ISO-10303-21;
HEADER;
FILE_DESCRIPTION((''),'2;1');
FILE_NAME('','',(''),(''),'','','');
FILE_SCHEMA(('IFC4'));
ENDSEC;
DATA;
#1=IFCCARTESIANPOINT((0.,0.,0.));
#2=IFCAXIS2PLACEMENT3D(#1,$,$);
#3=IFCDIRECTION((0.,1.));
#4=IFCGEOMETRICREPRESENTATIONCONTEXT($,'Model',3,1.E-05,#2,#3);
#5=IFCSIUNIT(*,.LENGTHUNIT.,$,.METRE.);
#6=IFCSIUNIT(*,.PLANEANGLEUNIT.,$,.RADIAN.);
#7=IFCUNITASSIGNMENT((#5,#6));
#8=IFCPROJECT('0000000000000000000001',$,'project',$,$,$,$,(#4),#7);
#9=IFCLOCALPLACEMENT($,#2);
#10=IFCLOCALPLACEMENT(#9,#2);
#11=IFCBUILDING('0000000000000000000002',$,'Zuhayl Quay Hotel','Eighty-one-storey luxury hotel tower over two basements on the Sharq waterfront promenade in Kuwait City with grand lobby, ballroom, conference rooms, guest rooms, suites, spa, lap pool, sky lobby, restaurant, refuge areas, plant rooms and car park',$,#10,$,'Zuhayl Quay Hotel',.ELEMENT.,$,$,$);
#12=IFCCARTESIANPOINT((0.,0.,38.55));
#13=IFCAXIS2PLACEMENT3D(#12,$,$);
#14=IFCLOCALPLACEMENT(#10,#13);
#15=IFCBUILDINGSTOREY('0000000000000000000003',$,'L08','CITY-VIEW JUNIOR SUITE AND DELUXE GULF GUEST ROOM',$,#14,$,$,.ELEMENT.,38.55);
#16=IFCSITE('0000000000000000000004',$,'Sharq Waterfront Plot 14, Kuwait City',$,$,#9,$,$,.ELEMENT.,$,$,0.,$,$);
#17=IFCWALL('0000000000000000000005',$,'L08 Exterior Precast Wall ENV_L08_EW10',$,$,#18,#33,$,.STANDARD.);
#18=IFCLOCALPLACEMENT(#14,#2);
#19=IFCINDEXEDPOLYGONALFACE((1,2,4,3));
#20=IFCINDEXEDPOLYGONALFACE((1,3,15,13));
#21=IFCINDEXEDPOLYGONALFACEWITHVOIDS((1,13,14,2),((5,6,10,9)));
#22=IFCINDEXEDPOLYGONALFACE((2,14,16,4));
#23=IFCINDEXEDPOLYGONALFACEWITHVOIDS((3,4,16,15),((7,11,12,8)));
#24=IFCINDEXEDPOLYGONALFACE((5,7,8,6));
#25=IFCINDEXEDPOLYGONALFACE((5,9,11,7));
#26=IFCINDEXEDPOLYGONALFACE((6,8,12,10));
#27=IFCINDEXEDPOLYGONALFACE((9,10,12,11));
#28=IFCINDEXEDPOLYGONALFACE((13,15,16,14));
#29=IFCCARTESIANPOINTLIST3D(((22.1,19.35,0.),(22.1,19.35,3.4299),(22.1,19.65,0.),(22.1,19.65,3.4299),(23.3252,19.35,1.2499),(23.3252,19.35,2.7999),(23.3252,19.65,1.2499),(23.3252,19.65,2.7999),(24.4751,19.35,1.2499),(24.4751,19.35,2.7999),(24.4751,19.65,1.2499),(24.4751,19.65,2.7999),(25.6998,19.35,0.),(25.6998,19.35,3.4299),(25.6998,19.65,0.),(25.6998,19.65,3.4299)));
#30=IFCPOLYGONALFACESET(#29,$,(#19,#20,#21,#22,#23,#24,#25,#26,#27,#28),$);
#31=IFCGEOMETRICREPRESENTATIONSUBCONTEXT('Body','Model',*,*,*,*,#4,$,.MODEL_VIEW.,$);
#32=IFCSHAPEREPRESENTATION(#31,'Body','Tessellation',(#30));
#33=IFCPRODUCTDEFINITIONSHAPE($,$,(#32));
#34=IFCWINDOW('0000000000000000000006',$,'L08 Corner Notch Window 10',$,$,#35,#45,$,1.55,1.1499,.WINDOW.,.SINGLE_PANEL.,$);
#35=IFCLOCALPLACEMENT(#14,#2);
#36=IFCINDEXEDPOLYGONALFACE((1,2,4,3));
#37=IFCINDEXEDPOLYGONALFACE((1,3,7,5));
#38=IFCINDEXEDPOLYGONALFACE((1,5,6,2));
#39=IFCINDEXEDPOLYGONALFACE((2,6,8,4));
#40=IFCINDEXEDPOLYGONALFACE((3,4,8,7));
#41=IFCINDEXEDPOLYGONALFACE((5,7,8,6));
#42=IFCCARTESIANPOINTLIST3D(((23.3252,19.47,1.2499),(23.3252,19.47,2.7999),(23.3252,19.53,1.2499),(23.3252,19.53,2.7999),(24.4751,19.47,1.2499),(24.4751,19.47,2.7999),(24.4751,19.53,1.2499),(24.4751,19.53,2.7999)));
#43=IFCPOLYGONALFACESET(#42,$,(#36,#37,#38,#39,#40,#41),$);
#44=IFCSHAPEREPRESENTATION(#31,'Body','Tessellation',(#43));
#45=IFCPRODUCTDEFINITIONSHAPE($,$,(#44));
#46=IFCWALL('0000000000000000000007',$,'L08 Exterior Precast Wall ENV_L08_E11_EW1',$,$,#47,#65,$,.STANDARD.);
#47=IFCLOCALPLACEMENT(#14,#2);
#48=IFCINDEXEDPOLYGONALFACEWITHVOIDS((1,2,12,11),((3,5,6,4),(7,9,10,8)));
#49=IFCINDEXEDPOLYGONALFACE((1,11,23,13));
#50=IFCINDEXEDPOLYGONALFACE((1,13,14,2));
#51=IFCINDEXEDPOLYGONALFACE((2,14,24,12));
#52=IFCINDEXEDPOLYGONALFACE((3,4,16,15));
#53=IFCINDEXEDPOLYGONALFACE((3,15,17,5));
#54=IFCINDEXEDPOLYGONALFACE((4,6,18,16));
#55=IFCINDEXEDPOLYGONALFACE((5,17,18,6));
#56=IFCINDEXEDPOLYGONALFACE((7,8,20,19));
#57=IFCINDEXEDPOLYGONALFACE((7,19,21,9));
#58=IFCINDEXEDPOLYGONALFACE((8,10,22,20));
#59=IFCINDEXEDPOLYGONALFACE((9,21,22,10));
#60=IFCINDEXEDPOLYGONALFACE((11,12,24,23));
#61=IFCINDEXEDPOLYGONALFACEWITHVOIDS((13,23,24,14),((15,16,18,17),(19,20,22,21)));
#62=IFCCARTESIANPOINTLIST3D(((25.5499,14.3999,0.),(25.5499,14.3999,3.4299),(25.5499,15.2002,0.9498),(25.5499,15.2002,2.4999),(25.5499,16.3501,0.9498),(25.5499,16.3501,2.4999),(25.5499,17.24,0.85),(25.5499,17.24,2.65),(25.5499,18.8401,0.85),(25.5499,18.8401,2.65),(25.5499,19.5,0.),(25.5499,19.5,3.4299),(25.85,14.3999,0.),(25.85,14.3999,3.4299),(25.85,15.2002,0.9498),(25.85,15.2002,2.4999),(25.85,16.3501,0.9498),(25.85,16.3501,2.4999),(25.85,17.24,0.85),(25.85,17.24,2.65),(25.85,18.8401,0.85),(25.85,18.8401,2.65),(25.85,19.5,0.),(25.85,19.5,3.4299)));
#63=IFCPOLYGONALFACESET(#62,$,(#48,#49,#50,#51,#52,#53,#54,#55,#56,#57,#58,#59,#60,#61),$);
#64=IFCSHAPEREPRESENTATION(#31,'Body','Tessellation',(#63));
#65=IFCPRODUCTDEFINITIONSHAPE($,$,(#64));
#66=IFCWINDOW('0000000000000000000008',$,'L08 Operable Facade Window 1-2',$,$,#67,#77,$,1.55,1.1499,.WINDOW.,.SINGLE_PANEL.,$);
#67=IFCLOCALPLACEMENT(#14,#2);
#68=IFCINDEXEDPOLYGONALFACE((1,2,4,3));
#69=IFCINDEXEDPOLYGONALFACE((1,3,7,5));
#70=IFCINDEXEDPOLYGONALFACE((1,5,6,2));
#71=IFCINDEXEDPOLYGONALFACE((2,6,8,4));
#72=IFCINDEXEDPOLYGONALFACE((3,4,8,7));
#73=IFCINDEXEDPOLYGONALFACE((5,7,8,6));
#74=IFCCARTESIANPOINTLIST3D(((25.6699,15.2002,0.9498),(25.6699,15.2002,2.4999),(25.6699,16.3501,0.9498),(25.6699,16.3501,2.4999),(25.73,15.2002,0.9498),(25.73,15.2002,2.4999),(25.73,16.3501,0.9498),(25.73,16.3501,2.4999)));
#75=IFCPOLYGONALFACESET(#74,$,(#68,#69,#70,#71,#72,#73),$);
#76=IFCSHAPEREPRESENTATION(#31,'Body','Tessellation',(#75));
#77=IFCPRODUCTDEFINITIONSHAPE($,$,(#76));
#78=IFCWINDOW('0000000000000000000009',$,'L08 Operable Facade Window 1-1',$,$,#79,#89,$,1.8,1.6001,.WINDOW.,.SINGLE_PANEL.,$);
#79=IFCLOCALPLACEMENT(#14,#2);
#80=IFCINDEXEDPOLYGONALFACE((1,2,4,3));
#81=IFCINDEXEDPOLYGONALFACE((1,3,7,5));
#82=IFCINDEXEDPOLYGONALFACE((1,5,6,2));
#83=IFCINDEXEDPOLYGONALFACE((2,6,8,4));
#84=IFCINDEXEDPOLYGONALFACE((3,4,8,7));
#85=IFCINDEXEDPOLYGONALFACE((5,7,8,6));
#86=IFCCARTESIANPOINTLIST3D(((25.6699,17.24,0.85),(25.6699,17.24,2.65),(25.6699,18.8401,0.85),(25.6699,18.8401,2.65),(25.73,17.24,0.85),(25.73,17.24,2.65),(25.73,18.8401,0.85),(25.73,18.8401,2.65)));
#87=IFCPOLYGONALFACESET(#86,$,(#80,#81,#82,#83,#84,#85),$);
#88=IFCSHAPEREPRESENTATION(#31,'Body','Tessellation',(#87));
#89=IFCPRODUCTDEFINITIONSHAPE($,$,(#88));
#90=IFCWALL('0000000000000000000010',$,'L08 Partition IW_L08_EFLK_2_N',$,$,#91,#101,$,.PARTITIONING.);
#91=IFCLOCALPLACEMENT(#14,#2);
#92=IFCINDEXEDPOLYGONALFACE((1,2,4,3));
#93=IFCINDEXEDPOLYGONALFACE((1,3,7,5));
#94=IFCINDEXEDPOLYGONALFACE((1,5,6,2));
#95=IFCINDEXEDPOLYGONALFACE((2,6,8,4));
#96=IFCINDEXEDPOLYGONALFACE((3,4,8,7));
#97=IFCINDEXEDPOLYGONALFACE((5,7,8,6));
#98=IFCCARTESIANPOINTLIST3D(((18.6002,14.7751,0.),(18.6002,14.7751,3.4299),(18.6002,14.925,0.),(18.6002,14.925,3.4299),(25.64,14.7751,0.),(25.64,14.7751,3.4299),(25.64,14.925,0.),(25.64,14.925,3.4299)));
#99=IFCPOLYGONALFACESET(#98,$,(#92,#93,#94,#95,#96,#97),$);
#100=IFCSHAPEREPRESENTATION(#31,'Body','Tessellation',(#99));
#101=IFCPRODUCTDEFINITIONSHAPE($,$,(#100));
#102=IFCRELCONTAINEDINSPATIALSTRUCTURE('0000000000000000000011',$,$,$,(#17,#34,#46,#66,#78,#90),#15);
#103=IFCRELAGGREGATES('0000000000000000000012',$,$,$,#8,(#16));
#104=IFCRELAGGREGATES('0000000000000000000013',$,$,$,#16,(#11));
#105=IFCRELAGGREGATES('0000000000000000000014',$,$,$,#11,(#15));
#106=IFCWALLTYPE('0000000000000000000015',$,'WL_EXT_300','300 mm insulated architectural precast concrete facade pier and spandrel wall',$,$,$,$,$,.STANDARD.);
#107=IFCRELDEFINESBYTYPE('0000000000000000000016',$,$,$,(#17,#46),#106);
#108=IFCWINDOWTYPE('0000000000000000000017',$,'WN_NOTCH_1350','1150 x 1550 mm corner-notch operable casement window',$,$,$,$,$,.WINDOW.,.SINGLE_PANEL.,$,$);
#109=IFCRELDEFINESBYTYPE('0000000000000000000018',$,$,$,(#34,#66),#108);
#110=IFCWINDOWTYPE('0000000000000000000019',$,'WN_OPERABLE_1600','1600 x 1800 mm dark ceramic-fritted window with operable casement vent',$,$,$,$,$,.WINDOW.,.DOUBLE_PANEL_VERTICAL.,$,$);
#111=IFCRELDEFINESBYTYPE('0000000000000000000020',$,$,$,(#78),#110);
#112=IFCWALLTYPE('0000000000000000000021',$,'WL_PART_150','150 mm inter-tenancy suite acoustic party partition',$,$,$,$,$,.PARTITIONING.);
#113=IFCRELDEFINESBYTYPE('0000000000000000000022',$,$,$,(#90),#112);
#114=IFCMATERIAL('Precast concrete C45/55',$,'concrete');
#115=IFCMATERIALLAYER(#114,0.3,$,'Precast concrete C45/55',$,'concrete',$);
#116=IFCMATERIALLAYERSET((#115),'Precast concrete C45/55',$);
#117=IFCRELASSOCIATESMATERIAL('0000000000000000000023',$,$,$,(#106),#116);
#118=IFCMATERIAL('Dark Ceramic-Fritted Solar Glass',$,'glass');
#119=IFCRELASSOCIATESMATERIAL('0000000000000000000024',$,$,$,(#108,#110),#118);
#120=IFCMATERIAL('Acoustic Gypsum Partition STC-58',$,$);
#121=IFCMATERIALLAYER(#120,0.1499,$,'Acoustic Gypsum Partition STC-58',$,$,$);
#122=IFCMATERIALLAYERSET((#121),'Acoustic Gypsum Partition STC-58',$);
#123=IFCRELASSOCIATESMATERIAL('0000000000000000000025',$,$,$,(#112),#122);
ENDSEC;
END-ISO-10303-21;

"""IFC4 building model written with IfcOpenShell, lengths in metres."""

from ifc_helpers import new_model, si_unit, direction, frame, frame_2d, origin, place, context, subcontext, project, spatial, rectangle, extrude, material, layer, layer_set, type_object, element, fill, save


model = new_model("IFC4")

# Units and contexts
model_context = context("Model", 3, precision=1e-05, world=origin(), true_north=direction((0.0, 1.0)))
body_context = subcontext(model_context, "Body", "Model", "MODEL_VIEW")
ifc_project = project(units=[si_unit("LENGTHUNIT", "METRE"), si_unit("PLANEANGLEUNIT", "RADIAN")], contexts=[model_context])

# Site, building, storey
site_placement = place(None, origin())
site = spatial("IfcSite", under=ifc_project, at=site_placement, Name="Sharq Waterfront Plot 14, Kuwait City", CompositionType="ELEMENT", RefElevation=0.0)
building_placement = place(site_placement, origin())
building = spatial("IfcBuilding", under=site, at=building_placement, Name="Zuhayl Quay Hotel", Description="Eighty-one-storey luxury hotel tower over two basements on the Sharq waterfront promenade in Kuwait City with grand lobby, ballroom, conference rooms, guest rooms, suites, spa, lap pool, sky lobby, restaurant, refuge areas, plant rooms and car park", LongName="Zuhayl Quay Hotel", CompositionType="ELEMENT")
storey_placement = place(building_placement, frame((0.0, 0.0, 38.55)))
storey = spatial("IfcBuildingStorey", under=building, at=storey_placement, Name="L08", Description="CITY-VIEW JUNIOR SUITE AND DELUXE GULF GUEST ROOM", CompositionType="ELEMENT", Elevation=38.55)

# Shared definitions
ifc_material_1 = material(Name="Dark Ceramic-Fritted Solar Glass", Category="glass")

# Shared definitions
ifc_material_2 = material(Name="Precast concrete C45/55", Category="concrete")
ifc_layer_1 = layer(ifc_material_2, 0.3, Name="Precast concrete C45/55", Category="concrete")
ifc_layer_set_1 = layer_set([ifc_layer_1], Name="Precast concrete C45/55")
wall_type_1 = type_object("IfcWallType", Name="WL_EXT_300", Description="300 mm insulated architectural precast concrete facade pier and spandrel wall", PredefinedType="STANDARD", material=ifc_layer_set_1)

# Wall, opening, window
window_type_1 = type_object("IfcWindowType", Name="WN_NOTCH_1350", Description="1150 x 1550 mm corner-notch operable casement window", PartitioningType="SINGLE_PANEL", PredefinedType="WINDOW", material=ifc_material_1)
wall_1_placement = place(storey_placement, frame((22.1001, 19.5, 0.0), z_axis=(0.0, 0.0, 1.0), x_axis=(1.0, 0.0, 0.0)))
wall_1 = element("IfcWall", 1, at=wall_1_placement, inside=storey, type_object=wall_type_1, Name="L08 Exterior Precast Wall ENV_L08_EW10", PredefinedType="STANDARD", context=body_context, shape_type="SweptSolid", body=[
    extrude(rectangle(XDim=3.5999, YDim=0.3, at=frame_2d((1.7998, 0.0))), origin(), (0.0, 0.0, 1.0), 3.4299),
])
opening_1_placement = place(wall_1_placement, frame((1.2251, 0.0, 1.25)))
opening_1 = element("IfcOpeningElement", 2, at=opening_1_placement, cuts=wall_1, PredefinedType="OPENING", context=body_context, shape_type="SweptSolid", body=[
    extrude(rectangle(XDim=1.1499, YDim=1.55, at=frame_2d((0.575, 0.7749))), frame((0.0, 0.1599, 0.0), z_axis=(0.0, -1.0, 0.0), x_axis=(1.0, 0.0, 0.0)), (0.0, 0.0, 1.0), 0.3201),
])
window_1_placement = place(opening_1_placement, origin())
window_1 = element("IfcWindow", 3, at=window_1_placement, inside=storey, type_object=window_type_1, Name="L08 Corner Notch Window 10", OverallHeight=1.55, OverallWidth=1.1499, PartitioningType="SINGLE_PANEL", PredefinedType="WINDOW", context=body_context, shape_type="SweptSolid", body=[
    extrude(rectangle(XDim=1.1499, YDim=1.55, at=frame_2d((0.575, 0.7749))), frame((0.0, 0.03, 0.0), z_axis=(0.0, -1.0, 0.0), x_axis=(1.0, 0.0, 0.0)), (0.0, 0.0, 1.0), 0.0601),
])
fill(opening_1, window_1)

# Wall, openings, windows
wall_2_placement = place(storey_placement, frame((25.7, 19.5, 0.0), z_axis=(0.0, 0.0, 1.0), x_axis=(0.0, -1.0, 0.0)))
wall_2 = element("IfcWall", 4, at=wall_2_placement, inside=storey, type_object=wall_type_1, Name="L08 Exterior Precast Wall ENV_L08_E11_EW1", PredefinedType="STANDARD", context=body_context, shape_type="SweptSolid", body=[
    extrude(rectangle(XDim=5.1001, YDim=0.3, at=frame_2d((2.55, 0.0))), origin(), (0.0, 0.0, 1.0), 3.4299),
])
opening_2_placement = place(wall_2_placement, frame((0.6599, 0.0, 0.8501)))
opening_2 = element("IfcOpeningElement", 5, at=opening_2_placement, cuts=wall_2, PredefinedType="OPENING", context=body_context, shape_type="SweptSolid", body=[
    extrude(rectangle(XDim=1.6001, YDim=1.8, at=frame_2d((0.8, 0.8999))), frame((0.0, 0.1599, 0.0), z_axis=(0.0, -1.0, 0.0), x_axis=(1.0, 0.0, 0.0)), (0.0, 0.0, 1.0), 0.3201),
])
opening_3_placement = place(wall_2_placement, frame((3.1499, 0.0, 0.95)))
opening_3 = element("IfcOpeningElement", 6, at=opening_3_placement, cuts=wall_2, PredefinedType="OPENING", context=body_context, shape_type="SweptSolid", body=[
    extrude(rectangle(XDim=1.1499, YDim=1.55, at=frame_2d((0.575, 0.7749))), frame((0.0, 0.1599, 0.0), z_axis=(0.0, -1.0, 0.0), x_axis=(1.0, 0.0, 0.0)), (0.0, 0.0, 1.0), 0.3201),
])
window_2_placement = place(opening_3_placement, origin())
window_2 = element("IfcWindow", 7, at=window_2_placement, inside=storey, type_object=window_type_1, Name="L08 Operable Facade Window 1-2", OverallHeight=1.55, OverallWidth=1.1499, PartitioningType="SINGLE_PANEL", PredefinedType="WINDOW", context=body_context, shape_type="SweptSolid", body=[
    extrude(rectangle(XDim=1.1499, YDim=1.55, at=frame_2d((0.575, 0.7749))), frame((0.0, 0.03, 0.0), z_axis=(0.0, -1.0, 0.0), x_axis=(1.0, 0.0, 0.0)), (0.0, 0.0, 1.0), 0.0601),
])
fill(opening_3, window_2)
window_type_2 = type_object("IfcWindowType", Name="WN_OPERABLE_1600", Description="1600 x 1800 mm dark ceramic-fritted window with operable casement vent", PartitioningType="DOUBLE_PANEL_VERTICAL", PredefinedType="WINDOW", material=ifc_material_1)
window_3_placement = place(opening_2_placement, origin())
window_3 = element("IfcWindow", 8, at=window_3_placement, inside=storey, type_object=window_type_2, Name="L08 Operable Facade Window 1-1", OverallHeight=1.8, OverallWidth=1.6001, PartitioningType="SINGLE_PANEL", PredefinedType="WINDOW", context=body_context, shape_type="SweptSolid", body=[
    extrude(rectangle(XDim=1.6001, YDim=1.8, at=frame_2d((0.8, 0.8999))), frame((0.0, 0.03, 0.0), z_axis=(0.0, -1.0, 0.0), x_axis=(1.0, 0.0, 0.0)), (0.0, 0.0, 1.0), 0.0601),
])
fill(opening_2, window_3)

# Wall
ifc_material_3 = material(Name="Acoustic Gypsum Partition STC-58")
ifc_layer_2 = layer(ifc_material_3, 0.1499, Name="Acoustic Gypsum Partition STC-58")
ifc_layer_set_2 = layer_set([ifc_layer_2], Name="Acoustic Gypsum Partition STC-58")
wall_type_2 = type_object("IfcWallType", Name="WL_PART_150", Description="150 mm inter-tenancy suite acoustic party partition", PredefinedType="PARTITIONING", material=ifc_layer_set_2)
wall_3_placement = place(storey_placement, frame((18.6001, 14.8501, 0.0), z_axis=(0.0, 0.0, 1.0), x_axis=(1.0, 0.0, 0.0)))
element("IfcWall", 9, at=wall_3_placement, inside=storey, type_object=wall_type_2, Name="L08 Partition IW_L08_EFLK_2_N", PredefinedType="PARTITIONING", context=body_context, shape_type="SweptSolid", body=[
    extrude(rectangle(XDim=7.0398, YDim=0.1499, at=frame_2d((3.52, 0.0))), origin(), (0.0, 0.0, 1.0), 3.4299),
])

save(model, "model.ifc")
